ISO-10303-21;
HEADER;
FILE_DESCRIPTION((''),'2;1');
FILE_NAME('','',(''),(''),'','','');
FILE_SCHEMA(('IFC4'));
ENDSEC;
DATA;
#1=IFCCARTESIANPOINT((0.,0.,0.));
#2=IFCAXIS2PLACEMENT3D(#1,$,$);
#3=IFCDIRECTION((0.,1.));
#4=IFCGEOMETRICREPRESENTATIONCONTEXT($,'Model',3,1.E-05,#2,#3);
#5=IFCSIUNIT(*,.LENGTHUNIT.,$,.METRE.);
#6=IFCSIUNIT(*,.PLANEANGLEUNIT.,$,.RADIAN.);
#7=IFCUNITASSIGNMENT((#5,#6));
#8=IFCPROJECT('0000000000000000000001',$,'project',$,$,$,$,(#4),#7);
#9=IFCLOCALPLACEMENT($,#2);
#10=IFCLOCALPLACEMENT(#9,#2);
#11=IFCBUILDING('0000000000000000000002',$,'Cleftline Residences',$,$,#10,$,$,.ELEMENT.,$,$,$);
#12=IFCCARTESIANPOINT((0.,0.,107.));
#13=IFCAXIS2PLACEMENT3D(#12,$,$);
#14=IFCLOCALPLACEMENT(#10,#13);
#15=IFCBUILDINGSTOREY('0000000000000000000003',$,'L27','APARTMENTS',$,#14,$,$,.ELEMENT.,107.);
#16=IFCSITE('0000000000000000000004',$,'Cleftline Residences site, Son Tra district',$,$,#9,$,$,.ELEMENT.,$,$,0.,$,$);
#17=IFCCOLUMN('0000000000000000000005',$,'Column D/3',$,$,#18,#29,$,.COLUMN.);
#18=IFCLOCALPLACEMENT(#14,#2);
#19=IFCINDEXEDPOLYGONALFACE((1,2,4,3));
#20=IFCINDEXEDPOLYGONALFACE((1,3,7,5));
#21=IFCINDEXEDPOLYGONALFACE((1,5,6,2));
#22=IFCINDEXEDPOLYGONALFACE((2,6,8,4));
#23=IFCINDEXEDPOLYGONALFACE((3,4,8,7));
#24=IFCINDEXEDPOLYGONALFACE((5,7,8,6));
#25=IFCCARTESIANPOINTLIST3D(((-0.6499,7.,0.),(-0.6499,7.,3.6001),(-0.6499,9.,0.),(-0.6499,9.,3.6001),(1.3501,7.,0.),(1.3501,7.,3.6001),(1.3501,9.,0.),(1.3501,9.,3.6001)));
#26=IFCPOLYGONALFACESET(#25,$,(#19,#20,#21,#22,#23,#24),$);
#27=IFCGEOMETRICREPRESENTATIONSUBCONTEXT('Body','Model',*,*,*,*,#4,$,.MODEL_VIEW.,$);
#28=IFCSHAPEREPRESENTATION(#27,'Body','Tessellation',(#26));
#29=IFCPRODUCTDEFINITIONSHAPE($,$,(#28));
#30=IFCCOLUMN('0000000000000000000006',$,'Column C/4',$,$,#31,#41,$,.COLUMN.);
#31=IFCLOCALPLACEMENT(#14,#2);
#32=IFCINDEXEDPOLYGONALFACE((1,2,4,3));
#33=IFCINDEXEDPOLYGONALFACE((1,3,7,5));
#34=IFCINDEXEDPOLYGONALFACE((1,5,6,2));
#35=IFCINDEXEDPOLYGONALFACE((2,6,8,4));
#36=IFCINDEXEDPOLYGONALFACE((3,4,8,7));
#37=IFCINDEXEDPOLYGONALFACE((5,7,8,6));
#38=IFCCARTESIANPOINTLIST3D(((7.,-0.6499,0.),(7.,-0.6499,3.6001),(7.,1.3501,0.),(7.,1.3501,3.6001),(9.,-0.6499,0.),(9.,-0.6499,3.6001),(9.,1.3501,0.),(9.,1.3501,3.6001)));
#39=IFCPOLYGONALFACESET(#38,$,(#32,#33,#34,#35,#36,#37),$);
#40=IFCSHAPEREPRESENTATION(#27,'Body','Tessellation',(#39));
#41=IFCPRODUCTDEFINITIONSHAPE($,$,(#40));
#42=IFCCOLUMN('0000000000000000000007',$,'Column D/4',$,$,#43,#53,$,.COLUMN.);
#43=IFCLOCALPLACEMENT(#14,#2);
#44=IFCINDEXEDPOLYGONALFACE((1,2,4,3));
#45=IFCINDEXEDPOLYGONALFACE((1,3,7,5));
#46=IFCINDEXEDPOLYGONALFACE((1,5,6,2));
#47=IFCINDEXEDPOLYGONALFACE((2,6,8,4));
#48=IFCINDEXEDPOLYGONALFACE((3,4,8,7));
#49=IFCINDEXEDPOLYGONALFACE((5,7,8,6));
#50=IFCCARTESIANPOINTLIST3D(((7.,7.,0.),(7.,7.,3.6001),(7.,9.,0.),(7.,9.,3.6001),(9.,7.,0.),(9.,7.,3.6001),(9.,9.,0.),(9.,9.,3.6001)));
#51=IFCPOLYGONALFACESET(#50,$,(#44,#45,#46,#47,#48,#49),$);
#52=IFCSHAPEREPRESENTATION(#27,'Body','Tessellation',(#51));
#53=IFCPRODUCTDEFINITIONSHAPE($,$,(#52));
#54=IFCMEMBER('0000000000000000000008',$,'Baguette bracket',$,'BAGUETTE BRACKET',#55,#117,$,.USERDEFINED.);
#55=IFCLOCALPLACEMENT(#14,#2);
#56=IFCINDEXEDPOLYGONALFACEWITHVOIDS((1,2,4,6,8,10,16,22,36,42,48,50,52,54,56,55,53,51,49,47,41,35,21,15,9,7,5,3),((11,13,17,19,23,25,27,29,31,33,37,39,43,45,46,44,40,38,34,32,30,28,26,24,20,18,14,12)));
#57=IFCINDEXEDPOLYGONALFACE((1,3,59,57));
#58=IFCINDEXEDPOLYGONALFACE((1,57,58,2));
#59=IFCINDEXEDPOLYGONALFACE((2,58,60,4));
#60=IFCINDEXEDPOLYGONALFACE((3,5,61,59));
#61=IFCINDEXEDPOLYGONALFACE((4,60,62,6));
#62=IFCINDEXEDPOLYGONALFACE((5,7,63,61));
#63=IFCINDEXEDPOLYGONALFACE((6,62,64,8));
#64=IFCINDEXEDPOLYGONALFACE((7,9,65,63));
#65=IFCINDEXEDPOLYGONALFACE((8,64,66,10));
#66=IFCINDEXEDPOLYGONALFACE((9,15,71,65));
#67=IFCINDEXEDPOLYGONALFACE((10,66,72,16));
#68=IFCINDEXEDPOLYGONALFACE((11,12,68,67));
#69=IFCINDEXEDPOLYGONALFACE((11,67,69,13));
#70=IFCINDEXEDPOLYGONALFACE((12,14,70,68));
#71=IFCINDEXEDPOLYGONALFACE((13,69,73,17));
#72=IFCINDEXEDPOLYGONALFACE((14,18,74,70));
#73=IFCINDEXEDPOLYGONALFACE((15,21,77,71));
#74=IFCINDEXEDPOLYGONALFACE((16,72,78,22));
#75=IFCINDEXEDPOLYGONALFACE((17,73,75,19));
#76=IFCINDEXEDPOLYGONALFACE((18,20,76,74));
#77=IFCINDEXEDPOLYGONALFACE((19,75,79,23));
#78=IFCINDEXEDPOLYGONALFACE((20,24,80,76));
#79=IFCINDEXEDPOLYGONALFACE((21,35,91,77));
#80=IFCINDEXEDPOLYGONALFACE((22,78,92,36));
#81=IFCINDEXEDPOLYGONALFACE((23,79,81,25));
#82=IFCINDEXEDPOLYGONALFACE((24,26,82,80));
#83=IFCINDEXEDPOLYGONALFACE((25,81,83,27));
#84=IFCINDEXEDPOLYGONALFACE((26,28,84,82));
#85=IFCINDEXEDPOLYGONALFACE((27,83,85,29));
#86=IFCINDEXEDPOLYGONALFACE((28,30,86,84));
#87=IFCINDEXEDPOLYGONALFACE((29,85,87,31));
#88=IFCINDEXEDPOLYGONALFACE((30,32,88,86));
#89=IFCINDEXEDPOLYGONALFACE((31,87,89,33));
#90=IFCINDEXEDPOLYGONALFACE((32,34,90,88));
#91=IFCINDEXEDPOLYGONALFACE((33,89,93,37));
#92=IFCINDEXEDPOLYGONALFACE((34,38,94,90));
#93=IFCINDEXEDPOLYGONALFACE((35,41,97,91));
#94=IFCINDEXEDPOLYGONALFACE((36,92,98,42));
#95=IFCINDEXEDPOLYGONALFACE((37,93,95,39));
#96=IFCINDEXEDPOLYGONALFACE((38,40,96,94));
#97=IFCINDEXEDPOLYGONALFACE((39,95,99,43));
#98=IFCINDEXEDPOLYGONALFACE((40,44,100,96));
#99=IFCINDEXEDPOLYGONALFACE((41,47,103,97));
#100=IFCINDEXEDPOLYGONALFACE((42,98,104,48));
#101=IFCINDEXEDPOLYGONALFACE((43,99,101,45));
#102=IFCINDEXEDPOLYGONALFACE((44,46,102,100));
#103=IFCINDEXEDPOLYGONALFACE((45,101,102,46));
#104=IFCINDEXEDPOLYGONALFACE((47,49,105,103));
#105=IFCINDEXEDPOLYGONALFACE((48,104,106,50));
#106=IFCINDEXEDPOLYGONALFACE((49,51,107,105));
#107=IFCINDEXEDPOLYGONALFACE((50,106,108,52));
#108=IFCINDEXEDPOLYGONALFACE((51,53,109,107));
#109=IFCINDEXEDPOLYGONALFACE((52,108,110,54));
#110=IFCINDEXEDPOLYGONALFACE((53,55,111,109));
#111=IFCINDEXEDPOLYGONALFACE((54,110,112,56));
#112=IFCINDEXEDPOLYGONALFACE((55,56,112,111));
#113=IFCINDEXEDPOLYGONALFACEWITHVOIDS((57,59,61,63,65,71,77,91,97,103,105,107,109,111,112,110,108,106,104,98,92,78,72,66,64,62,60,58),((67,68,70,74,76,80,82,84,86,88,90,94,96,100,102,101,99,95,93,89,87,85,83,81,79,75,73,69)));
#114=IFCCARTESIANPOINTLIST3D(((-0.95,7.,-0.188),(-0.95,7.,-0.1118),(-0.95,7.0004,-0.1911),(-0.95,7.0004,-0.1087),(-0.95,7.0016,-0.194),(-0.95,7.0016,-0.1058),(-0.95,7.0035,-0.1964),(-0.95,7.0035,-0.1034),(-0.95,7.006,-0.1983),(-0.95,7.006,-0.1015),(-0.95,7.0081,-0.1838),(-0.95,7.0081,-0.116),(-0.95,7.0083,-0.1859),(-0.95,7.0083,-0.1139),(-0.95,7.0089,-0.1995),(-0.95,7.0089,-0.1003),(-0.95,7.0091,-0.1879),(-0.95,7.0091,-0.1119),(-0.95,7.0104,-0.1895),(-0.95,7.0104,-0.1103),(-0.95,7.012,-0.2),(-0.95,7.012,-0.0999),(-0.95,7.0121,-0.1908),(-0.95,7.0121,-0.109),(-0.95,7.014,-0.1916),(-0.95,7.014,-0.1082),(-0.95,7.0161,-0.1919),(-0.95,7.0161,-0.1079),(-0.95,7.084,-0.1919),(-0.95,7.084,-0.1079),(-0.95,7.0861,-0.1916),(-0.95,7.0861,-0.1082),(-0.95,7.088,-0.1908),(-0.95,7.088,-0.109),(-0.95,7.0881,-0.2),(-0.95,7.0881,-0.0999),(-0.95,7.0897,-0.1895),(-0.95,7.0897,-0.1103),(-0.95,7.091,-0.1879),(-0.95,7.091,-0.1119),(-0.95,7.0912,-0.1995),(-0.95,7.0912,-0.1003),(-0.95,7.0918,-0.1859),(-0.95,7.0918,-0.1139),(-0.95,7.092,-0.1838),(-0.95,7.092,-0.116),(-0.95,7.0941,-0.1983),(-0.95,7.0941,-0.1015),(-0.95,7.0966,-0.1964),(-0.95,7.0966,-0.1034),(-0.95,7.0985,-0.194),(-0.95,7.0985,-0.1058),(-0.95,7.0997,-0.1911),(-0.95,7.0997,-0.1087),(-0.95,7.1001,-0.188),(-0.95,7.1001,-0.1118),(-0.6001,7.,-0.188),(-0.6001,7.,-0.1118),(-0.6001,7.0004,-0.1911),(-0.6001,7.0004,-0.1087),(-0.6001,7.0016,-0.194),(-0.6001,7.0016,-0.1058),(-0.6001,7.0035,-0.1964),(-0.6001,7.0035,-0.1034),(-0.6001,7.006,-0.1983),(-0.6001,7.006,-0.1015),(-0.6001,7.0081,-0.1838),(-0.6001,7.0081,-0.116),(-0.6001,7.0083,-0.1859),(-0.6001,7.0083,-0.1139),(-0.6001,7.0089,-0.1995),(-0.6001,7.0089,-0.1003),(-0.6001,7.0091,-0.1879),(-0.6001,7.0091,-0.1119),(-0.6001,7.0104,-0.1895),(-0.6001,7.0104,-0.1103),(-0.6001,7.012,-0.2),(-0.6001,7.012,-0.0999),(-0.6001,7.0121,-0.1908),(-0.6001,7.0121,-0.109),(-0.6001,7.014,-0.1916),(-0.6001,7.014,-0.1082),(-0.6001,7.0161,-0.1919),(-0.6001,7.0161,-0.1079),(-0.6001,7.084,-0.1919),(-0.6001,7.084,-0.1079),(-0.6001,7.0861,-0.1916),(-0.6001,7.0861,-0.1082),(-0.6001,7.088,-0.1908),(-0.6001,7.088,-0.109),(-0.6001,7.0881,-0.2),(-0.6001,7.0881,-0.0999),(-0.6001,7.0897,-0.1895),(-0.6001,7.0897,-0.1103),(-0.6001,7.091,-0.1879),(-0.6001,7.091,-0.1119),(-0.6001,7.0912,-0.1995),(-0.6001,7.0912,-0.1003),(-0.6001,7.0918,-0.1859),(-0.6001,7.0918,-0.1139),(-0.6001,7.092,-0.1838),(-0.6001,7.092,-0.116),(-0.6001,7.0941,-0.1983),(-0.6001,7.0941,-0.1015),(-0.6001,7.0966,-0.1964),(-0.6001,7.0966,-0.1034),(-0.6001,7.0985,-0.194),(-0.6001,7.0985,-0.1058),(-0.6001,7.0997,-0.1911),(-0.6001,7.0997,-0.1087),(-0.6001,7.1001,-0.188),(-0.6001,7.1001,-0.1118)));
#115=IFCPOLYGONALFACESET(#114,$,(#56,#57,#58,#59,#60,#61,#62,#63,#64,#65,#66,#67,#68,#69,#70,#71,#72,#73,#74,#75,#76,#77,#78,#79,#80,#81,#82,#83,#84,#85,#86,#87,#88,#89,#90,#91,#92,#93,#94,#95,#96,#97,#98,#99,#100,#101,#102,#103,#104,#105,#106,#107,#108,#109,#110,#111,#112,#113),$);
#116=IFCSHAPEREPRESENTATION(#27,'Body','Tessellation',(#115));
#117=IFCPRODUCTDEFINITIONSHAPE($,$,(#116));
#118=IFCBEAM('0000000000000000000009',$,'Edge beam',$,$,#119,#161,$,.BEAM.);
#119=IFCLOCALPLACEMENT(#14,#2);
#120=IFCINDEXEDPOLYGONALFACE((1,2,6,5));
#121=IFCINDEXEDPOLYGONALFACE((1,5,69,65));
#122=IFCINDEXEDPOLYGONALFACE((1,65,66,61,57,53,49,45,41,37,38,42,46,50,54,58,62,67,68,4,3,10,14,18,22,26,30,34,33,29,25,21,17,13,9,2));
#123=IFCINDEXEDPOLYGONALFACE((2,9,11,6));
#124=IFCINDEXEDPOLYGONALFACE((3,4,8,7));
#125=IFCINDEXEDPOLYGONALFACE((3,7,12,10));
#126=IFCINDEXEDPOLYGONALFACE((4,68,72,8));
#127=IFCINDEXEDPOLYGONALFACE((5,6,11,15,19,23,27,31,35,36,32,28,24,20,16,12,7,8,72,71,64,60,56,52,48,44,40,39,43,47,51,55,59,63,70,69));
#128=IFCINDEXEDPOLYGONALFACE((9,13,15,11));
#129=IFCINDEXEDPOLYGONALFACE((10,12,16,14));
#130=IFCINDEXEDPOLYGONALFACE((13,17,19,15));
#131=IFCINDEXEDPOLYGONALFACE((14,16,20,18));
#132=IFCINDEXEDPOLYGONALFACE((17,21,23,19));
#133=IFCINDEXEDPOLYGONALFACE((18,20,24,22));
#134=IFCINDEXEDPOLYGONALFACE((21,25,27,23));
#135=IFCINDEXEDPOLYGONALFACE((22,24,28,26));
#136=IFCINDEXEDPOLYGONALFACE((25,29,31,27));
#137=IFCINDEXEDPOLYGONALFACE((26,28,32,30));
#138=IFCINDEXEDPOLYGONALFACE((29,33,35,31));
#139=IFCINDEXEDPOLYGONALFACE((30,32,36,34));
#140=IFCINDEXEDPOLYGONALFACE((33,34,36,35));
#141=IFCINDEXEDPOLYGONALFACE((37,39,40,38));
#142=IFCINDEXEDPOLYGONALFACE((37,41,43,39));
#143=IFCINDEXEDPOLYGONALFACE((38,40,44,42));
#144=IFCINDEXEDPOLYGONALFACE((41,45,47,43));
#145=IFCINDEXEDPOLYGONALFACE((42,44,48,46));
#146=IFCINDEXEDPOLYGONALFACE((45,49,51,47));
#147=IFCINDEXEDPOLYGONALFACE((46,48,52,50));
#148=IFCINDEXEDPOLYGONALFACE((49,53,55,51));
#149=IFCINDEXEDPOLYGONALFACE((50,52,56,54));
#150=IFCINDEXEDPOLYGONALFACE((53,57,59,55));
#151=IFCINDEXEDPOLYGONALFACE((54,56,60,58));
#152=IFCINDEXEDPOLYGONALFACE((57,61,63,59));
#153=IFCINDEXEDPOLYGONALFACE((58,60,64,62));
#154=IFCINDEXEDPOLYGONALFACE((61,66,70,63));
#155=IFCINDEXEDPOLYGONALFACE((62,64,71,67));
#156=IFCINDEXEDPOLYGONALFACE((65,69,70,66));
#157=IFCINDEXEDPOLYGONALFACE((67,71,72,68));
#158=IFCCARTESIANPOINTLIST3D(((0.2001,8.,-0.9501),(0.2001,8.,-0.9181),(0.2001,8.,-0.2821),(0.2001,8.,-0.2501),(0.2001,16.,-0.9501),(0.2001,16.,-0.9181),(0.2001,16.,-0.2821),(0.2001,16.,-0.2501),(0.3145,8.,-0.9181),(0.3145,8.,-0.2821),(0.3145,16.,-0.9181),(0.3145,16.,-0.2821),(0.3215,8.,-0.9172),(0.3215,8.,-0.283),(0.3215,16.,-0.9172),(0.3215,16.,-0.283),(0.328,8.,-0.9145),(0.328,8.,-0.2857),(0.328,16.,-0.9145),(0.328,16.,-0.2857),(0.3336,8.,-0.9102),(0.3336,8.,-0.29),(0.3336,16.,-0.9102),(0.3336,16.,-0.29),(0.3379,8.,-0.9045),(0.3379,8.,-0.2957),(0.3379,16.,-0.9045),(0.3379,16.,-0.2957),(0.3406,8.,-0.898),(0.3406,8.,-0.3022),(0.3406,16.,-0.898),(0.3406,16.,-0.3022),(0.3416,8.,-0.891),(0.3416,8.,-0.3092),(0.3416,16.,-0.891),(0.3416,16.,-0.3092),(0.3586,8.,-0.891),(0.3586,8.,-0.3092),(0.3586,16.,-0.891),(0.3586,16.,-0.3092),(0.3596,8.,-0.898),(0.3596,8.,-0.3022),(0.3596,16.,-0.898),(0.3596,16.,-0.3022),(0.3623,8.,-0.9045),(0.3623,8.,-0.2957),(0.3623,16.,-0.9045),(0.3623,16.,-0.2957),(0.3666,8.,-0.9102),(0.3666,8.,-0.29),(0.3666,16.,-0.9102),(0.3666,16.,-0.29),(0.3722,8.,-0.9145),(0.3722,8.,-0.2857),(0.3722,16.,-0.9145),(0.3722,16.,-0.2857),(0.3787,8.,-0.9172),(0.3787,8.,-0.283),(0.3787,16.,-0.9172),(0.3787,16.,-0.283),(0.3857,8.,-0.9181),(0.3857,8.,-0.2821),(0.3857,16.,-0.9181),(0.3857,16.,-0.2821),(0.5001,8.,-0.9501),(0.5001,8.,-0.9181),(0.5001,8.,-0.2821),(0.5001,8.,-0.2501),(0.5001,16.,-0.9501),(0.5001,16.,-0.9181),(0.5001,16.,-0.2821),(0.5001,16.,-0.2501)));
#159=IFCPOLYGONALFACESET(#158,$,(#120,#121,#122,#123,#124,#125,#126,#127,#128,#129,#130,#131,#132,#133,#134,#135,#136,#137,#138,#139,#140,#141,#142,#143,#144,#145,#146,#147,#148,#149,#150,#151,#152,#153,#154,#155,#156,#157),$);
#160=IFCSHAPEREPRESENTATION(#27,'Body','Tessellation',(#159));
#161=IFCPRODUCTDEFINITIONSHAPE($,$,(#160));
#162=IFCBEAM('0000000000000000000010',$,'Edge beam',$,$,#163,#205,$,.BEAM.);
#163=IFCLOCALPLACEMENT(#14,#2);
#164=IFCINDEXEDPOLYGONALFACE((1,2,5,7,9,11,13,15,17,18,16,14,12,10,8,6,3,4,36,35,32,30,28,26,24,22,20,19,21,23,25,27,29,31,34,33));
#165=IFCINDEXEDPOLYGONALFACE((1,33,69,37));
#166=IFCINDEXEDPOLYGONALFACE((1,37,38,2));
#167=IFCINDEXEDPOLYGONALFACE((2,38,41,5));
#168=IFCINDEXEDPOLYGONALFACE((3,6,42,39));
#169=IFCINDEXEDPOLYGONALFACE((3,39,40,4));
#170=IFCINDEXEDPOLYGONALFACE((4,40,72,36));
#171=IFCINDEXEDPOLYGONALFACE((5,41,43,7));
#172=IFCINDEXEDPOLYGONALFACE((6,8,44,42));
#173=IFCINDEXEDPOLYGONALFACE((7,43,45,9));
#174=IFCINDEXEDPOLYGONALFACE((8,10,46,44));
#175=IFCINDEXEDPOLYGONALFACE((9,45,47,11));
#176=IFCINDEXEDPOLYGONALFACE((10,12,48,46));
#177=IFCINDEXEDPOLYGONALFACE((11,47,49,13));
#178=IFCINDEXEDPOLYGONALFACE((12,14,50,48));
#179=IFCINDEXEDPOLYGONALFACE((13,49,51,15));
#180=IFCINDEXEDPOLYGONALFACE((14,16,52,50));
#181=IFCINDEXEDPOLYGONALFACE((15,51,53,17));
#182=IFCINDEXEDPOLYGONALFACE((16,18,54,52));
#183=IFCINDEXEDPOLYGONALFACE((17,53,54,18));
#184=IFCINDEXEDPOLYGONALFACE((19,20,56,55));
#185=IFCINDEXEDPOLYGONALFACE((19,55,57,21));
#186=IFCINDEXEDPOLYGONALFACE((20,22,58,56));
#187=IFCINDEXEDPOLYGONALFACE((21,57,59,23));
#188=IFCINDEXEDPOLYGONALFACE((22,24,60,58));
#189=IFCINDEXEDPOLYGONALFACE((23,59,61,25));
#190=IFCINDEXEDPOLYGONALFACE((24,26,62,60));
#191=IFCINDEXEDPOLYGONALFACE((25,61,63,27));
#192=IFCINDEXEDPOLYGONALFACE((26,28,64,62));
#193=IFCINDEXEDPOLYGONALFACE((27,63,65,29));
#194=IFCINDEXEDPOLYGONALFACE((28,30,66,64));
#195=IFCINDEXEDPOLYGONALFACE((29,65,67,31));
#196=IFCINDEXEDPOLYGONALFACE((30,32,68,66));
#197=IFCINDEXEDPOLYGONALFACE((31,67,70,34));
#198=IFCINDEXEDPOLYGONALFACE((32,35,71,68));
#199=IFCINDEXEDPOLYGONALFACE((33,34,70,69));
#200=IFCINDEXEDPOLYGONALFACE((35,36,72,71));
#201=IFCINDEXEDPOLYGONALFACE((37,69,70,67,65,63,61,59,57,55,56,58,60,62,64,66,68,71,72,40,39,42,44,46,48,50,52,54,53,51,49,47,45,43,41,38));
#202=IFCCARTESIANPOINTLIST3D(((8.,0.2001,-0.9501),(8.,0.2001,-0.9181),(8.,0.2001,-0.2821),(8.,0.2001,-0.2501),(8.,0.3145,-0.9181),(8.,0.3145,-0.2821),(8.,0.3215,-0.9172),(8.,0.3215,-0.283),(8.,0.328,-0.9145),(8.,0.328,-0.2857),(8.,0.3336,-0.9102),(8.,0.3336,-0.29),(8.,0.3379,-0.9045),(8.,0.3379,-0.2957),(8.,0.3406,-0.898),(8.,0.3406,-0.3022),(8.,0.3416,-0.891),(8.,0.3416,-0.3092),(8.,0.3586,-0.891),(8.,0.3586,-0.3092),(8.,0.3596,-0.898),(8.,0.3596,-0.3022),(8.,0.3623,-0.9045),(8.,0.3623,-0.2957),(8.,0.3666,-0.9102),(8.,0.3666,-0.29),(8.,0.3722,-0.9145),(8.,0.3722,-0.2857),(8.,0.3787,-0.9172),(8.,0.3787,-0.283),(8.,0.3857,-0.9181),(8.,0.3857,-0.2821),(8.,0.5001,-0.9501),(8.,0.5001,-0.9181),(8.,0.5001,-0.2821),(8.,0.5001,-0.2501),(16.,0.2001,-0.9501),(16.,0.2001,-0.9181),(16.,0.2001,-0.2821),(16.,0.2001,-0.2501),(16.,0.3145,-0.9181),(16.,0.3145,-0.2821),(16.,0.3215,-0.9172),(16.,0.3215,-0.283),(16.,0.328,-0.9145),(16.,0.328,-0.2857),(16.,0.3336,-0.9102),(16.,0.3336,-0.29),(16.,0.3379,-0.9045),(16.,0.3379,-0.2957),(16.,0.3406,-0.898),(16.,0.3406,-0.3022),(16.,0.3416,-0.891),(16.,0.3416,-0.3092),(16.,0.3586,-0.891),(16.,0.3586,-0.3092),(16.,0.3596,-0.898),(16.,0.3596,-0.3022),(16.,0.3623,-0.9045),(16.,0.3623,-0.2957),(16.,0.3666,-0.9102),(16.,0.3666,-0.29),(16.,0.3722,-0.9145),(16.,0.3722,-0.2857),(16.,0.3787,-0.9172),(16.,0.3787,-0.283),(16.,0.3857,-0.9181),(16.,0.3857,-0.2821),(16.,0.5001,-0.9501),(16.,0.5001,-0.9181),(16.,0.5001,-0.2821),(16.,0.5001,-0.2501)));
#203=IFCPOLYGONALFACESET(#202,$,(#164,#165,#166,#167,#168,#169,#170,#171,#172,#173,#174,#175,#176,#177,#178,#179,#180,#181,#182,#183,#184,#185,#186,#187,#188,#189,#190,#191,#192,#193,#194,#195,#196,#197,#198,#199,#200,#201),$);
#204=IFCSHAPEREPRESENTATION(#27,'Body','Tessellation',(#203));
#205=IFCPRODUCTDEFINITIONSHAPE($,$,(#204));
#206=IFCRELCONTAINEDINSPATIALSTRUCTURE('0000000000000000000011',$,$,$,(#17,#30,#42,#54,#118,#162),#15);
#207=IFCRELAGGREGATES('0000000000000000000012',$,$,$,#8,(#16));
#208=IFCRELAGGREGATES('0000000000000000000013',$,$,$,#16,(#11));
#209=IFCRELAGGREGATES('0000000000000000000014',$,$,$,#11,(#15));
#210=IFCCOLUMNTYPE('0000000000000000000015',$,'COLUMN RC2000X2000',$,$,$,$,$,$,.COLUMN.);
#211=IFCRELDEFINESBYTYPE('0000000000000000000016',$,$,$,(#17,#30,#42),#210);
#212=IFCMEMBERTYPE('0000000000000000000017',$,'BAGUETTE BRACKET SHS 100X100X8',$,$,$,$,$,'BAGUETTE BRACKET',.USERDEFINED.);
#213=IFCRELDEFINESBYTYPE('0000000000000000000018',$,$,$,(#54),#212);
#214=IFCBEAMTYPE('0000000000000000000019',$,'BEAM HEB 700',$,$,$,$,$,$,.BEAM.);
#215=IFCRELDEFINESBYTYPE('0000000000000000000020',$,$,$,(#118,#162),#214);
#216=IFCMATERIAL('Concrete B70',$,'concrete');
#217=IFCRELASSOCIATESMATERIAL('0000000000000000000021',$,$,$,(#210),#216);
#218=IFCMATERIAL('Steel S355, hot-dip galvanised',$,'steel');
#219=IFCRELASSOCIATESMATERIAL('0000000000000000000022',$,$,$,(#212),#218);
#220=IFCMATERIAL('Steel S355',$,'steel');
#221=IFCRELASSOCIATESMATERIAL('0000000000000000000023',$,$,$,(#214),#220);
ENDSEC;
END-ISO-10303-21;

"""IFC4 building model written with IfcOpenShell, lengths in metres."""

from ifc_helpers import new_model, si_unit, direction, frame, origin, origin_2d, place, context, subcontext, project, spatial, rectangle, hollow_rectangle, i_section, extrude, material, material_profile, profile_set, type_object, element, save


model = new_model("IFC4")

# Units and contexts
model_context = context("Model", 3, precision=1e-05, world=origin(), true_north=direction((0.0, 1.0)))
body_context = subcontext(model_context, "Body", "Model", "MODEL_VIEW")
ifc_project = project(units=[si_unit("LENGTHUNIT", "METRE"), si_unit("PLANEANGLEUNIT", "RADIAN")], contexts=[model_context])

# Site, building, storey
site_placement = place(None, origin())
site = spatial("IfcSite", under=ifc_project, at=site_placement, Name="Cleftline Residences site, Son Tra district", CompositionType="ELEMENT", RefElevation=0.0)
building_placement = place(site_placement, origin())
building = spatial("IfcBuilding", under=site, at=building_placement, Name="Cleftline Residences", CompositionType="ELEMENT")
storey_placement = place(building_placement, frame((0.0, 0.0, 107.0)))
storey = spatial("IfcBuildingStorey", under=building, at=storey_placement, Name="L27", Description="APARTMENTS", CompositionType="ELEMENT", Elevation=107.0)

# Columns
ifc_material_1 = material(Name="Concrete B70", Category="concrete")
ifc_material_profile_1 = material_profile(ifc_material_1, rectangle(XDim=2.0, YDim=2.0, at=origin_2d()))
ifc_profile_set_1 = profile_set([ifc_material_profile_1], Name="Concrete B70")
column_type = type_object("IfcColumnType", Name="COLUMN RC2000X2000", PredefinedType="COLUMN", material=ifc_profile_set_1)
for number, where, z_axis, x_axis, name in (
    (1, (0.3501, 8.0, 0.0), (0.0, 0.0, 1.0), (1.0, 0.0, 0.0), "Column D/3"),
    (2, (8.0, 0.3501, 0.0), (0.0, 0.0, 1.0), (1.0, 0.0, 0.0), "Column C/4"),
    (3, (8.0, 8.0, 0.0), (0.0, 0.0, 1.0), (1.0, 0.0, 0.0), "Column D/4"),
):
    element("IfcColumn", number, at=place(storey_placement, frame(where, z_axis=z_axis, x_axis=x_axis)), inside=storey, type_object=column_type, Name=name, PredefinedType="COLUMN", context=body_context, shape_type="SweptSolid", body=[
        extrude(rectangle(XDim=2.0, YDim=2.0, at=origin_2d()), origin(), (0.0, 0.0, 1.0), 3.6001),
    ])

# Member
ifc_material_2 = material(Name="Steel S355, hot-dip galvanised", Category="steel")
ifc_material_profile_2 = material_profile(ifc_material_2, hollow_rectangle(XDim=0.1001, YDim=0.1001, WallThickness=0.0081, InnerFilletRadius=0.0081, OuterFilletRadius=0.012, at=origin_2d()))
ifc_profile_set_2 = profile_set([ifc_material_profile_2], Name="Steel S355, hot-dip galvanised")
member_type_1 = type_object("IfcMemberType", Name="BAGUETTE BRACKET SHS 100X100X8", ElementType="BAGUETTE BRACKET", PredefinedType="USERDEFINED", material=ifc_profile_set_2)
member_placement = place(storey_placement, frame((-0.6001, 7.05, -0.1499), z_axis=(-1.0, 0.0, 0.0), x_axis=(0.0, -1.0, 0.0)))
element("IfcMember", 4, at=member_placement, inside=storey, type_object=member_type_1, Name="Baguette bracket", ObjectType="BAGUETTE BRACKET", PredefinedType="USERDEFINED", context=body_context, shape_type="SweptSolid", body=[
    extrude(hollow_rectangle(XDim=0.1001, YDim=0.1001, WallThickness=0.0081, InnerFilletRadius=0.0081, OuterFilletRadius=0.012, at=origin_2d()), origin(), (0.0, 0.0, 1.0), 0.3499),
])

# Beams
ifc_material_3 = material(Name="Steel S355", Category="steel")
ifc_material_profile_3 = material_profile(ifc_material_3, i_section(OverallWidth=0.3, OverallDepth=0.7, WebThickness=0.0171, FlangeThickness=0.032, FilletRadius=0.0271, at=origin_2d()))
ifc_profile_set_3 = profile_set([ifc_material_profile_3], Name="Steel S355")
beam_type = type_object("IfcBeamType", Name="BEAM HEB 700", PredefinedType="BEAM", material=ifc_profile_set_3)
for number, where, z_axis, x_axis, name in (
    (5, (0.3501, 8.0, -0.6001), (0.0, 1.0, 0.0), (-1.0, 0.0, 0.0), "Edge beam"),
    (6, (8.0, 0.3501, -0.6001), (1.0, 0.0, 0.0), (0.0, 1.0, 0.0), "Edge beam"),
):
    element("IfcBeam", number, at=place(storey_placement, frame(where, z_axis=z_axis, x_axis=x_axis)), inside=storey, type_object=beam_type, Name=name, PredefinedType="BEAM", context=body_context, shape_type="SweptSolid", body=[
        extrude(i_section(OverallWidth=0.3, OverallDepth=0.7, WebThickness=0.0171, FlangeThickness=0.032, FilletRadius=0.0271, at=origin_2d()), origin(), (0.0, 0.0, 1.0), 8.0),
    ])

save(model, "model.ifc")
